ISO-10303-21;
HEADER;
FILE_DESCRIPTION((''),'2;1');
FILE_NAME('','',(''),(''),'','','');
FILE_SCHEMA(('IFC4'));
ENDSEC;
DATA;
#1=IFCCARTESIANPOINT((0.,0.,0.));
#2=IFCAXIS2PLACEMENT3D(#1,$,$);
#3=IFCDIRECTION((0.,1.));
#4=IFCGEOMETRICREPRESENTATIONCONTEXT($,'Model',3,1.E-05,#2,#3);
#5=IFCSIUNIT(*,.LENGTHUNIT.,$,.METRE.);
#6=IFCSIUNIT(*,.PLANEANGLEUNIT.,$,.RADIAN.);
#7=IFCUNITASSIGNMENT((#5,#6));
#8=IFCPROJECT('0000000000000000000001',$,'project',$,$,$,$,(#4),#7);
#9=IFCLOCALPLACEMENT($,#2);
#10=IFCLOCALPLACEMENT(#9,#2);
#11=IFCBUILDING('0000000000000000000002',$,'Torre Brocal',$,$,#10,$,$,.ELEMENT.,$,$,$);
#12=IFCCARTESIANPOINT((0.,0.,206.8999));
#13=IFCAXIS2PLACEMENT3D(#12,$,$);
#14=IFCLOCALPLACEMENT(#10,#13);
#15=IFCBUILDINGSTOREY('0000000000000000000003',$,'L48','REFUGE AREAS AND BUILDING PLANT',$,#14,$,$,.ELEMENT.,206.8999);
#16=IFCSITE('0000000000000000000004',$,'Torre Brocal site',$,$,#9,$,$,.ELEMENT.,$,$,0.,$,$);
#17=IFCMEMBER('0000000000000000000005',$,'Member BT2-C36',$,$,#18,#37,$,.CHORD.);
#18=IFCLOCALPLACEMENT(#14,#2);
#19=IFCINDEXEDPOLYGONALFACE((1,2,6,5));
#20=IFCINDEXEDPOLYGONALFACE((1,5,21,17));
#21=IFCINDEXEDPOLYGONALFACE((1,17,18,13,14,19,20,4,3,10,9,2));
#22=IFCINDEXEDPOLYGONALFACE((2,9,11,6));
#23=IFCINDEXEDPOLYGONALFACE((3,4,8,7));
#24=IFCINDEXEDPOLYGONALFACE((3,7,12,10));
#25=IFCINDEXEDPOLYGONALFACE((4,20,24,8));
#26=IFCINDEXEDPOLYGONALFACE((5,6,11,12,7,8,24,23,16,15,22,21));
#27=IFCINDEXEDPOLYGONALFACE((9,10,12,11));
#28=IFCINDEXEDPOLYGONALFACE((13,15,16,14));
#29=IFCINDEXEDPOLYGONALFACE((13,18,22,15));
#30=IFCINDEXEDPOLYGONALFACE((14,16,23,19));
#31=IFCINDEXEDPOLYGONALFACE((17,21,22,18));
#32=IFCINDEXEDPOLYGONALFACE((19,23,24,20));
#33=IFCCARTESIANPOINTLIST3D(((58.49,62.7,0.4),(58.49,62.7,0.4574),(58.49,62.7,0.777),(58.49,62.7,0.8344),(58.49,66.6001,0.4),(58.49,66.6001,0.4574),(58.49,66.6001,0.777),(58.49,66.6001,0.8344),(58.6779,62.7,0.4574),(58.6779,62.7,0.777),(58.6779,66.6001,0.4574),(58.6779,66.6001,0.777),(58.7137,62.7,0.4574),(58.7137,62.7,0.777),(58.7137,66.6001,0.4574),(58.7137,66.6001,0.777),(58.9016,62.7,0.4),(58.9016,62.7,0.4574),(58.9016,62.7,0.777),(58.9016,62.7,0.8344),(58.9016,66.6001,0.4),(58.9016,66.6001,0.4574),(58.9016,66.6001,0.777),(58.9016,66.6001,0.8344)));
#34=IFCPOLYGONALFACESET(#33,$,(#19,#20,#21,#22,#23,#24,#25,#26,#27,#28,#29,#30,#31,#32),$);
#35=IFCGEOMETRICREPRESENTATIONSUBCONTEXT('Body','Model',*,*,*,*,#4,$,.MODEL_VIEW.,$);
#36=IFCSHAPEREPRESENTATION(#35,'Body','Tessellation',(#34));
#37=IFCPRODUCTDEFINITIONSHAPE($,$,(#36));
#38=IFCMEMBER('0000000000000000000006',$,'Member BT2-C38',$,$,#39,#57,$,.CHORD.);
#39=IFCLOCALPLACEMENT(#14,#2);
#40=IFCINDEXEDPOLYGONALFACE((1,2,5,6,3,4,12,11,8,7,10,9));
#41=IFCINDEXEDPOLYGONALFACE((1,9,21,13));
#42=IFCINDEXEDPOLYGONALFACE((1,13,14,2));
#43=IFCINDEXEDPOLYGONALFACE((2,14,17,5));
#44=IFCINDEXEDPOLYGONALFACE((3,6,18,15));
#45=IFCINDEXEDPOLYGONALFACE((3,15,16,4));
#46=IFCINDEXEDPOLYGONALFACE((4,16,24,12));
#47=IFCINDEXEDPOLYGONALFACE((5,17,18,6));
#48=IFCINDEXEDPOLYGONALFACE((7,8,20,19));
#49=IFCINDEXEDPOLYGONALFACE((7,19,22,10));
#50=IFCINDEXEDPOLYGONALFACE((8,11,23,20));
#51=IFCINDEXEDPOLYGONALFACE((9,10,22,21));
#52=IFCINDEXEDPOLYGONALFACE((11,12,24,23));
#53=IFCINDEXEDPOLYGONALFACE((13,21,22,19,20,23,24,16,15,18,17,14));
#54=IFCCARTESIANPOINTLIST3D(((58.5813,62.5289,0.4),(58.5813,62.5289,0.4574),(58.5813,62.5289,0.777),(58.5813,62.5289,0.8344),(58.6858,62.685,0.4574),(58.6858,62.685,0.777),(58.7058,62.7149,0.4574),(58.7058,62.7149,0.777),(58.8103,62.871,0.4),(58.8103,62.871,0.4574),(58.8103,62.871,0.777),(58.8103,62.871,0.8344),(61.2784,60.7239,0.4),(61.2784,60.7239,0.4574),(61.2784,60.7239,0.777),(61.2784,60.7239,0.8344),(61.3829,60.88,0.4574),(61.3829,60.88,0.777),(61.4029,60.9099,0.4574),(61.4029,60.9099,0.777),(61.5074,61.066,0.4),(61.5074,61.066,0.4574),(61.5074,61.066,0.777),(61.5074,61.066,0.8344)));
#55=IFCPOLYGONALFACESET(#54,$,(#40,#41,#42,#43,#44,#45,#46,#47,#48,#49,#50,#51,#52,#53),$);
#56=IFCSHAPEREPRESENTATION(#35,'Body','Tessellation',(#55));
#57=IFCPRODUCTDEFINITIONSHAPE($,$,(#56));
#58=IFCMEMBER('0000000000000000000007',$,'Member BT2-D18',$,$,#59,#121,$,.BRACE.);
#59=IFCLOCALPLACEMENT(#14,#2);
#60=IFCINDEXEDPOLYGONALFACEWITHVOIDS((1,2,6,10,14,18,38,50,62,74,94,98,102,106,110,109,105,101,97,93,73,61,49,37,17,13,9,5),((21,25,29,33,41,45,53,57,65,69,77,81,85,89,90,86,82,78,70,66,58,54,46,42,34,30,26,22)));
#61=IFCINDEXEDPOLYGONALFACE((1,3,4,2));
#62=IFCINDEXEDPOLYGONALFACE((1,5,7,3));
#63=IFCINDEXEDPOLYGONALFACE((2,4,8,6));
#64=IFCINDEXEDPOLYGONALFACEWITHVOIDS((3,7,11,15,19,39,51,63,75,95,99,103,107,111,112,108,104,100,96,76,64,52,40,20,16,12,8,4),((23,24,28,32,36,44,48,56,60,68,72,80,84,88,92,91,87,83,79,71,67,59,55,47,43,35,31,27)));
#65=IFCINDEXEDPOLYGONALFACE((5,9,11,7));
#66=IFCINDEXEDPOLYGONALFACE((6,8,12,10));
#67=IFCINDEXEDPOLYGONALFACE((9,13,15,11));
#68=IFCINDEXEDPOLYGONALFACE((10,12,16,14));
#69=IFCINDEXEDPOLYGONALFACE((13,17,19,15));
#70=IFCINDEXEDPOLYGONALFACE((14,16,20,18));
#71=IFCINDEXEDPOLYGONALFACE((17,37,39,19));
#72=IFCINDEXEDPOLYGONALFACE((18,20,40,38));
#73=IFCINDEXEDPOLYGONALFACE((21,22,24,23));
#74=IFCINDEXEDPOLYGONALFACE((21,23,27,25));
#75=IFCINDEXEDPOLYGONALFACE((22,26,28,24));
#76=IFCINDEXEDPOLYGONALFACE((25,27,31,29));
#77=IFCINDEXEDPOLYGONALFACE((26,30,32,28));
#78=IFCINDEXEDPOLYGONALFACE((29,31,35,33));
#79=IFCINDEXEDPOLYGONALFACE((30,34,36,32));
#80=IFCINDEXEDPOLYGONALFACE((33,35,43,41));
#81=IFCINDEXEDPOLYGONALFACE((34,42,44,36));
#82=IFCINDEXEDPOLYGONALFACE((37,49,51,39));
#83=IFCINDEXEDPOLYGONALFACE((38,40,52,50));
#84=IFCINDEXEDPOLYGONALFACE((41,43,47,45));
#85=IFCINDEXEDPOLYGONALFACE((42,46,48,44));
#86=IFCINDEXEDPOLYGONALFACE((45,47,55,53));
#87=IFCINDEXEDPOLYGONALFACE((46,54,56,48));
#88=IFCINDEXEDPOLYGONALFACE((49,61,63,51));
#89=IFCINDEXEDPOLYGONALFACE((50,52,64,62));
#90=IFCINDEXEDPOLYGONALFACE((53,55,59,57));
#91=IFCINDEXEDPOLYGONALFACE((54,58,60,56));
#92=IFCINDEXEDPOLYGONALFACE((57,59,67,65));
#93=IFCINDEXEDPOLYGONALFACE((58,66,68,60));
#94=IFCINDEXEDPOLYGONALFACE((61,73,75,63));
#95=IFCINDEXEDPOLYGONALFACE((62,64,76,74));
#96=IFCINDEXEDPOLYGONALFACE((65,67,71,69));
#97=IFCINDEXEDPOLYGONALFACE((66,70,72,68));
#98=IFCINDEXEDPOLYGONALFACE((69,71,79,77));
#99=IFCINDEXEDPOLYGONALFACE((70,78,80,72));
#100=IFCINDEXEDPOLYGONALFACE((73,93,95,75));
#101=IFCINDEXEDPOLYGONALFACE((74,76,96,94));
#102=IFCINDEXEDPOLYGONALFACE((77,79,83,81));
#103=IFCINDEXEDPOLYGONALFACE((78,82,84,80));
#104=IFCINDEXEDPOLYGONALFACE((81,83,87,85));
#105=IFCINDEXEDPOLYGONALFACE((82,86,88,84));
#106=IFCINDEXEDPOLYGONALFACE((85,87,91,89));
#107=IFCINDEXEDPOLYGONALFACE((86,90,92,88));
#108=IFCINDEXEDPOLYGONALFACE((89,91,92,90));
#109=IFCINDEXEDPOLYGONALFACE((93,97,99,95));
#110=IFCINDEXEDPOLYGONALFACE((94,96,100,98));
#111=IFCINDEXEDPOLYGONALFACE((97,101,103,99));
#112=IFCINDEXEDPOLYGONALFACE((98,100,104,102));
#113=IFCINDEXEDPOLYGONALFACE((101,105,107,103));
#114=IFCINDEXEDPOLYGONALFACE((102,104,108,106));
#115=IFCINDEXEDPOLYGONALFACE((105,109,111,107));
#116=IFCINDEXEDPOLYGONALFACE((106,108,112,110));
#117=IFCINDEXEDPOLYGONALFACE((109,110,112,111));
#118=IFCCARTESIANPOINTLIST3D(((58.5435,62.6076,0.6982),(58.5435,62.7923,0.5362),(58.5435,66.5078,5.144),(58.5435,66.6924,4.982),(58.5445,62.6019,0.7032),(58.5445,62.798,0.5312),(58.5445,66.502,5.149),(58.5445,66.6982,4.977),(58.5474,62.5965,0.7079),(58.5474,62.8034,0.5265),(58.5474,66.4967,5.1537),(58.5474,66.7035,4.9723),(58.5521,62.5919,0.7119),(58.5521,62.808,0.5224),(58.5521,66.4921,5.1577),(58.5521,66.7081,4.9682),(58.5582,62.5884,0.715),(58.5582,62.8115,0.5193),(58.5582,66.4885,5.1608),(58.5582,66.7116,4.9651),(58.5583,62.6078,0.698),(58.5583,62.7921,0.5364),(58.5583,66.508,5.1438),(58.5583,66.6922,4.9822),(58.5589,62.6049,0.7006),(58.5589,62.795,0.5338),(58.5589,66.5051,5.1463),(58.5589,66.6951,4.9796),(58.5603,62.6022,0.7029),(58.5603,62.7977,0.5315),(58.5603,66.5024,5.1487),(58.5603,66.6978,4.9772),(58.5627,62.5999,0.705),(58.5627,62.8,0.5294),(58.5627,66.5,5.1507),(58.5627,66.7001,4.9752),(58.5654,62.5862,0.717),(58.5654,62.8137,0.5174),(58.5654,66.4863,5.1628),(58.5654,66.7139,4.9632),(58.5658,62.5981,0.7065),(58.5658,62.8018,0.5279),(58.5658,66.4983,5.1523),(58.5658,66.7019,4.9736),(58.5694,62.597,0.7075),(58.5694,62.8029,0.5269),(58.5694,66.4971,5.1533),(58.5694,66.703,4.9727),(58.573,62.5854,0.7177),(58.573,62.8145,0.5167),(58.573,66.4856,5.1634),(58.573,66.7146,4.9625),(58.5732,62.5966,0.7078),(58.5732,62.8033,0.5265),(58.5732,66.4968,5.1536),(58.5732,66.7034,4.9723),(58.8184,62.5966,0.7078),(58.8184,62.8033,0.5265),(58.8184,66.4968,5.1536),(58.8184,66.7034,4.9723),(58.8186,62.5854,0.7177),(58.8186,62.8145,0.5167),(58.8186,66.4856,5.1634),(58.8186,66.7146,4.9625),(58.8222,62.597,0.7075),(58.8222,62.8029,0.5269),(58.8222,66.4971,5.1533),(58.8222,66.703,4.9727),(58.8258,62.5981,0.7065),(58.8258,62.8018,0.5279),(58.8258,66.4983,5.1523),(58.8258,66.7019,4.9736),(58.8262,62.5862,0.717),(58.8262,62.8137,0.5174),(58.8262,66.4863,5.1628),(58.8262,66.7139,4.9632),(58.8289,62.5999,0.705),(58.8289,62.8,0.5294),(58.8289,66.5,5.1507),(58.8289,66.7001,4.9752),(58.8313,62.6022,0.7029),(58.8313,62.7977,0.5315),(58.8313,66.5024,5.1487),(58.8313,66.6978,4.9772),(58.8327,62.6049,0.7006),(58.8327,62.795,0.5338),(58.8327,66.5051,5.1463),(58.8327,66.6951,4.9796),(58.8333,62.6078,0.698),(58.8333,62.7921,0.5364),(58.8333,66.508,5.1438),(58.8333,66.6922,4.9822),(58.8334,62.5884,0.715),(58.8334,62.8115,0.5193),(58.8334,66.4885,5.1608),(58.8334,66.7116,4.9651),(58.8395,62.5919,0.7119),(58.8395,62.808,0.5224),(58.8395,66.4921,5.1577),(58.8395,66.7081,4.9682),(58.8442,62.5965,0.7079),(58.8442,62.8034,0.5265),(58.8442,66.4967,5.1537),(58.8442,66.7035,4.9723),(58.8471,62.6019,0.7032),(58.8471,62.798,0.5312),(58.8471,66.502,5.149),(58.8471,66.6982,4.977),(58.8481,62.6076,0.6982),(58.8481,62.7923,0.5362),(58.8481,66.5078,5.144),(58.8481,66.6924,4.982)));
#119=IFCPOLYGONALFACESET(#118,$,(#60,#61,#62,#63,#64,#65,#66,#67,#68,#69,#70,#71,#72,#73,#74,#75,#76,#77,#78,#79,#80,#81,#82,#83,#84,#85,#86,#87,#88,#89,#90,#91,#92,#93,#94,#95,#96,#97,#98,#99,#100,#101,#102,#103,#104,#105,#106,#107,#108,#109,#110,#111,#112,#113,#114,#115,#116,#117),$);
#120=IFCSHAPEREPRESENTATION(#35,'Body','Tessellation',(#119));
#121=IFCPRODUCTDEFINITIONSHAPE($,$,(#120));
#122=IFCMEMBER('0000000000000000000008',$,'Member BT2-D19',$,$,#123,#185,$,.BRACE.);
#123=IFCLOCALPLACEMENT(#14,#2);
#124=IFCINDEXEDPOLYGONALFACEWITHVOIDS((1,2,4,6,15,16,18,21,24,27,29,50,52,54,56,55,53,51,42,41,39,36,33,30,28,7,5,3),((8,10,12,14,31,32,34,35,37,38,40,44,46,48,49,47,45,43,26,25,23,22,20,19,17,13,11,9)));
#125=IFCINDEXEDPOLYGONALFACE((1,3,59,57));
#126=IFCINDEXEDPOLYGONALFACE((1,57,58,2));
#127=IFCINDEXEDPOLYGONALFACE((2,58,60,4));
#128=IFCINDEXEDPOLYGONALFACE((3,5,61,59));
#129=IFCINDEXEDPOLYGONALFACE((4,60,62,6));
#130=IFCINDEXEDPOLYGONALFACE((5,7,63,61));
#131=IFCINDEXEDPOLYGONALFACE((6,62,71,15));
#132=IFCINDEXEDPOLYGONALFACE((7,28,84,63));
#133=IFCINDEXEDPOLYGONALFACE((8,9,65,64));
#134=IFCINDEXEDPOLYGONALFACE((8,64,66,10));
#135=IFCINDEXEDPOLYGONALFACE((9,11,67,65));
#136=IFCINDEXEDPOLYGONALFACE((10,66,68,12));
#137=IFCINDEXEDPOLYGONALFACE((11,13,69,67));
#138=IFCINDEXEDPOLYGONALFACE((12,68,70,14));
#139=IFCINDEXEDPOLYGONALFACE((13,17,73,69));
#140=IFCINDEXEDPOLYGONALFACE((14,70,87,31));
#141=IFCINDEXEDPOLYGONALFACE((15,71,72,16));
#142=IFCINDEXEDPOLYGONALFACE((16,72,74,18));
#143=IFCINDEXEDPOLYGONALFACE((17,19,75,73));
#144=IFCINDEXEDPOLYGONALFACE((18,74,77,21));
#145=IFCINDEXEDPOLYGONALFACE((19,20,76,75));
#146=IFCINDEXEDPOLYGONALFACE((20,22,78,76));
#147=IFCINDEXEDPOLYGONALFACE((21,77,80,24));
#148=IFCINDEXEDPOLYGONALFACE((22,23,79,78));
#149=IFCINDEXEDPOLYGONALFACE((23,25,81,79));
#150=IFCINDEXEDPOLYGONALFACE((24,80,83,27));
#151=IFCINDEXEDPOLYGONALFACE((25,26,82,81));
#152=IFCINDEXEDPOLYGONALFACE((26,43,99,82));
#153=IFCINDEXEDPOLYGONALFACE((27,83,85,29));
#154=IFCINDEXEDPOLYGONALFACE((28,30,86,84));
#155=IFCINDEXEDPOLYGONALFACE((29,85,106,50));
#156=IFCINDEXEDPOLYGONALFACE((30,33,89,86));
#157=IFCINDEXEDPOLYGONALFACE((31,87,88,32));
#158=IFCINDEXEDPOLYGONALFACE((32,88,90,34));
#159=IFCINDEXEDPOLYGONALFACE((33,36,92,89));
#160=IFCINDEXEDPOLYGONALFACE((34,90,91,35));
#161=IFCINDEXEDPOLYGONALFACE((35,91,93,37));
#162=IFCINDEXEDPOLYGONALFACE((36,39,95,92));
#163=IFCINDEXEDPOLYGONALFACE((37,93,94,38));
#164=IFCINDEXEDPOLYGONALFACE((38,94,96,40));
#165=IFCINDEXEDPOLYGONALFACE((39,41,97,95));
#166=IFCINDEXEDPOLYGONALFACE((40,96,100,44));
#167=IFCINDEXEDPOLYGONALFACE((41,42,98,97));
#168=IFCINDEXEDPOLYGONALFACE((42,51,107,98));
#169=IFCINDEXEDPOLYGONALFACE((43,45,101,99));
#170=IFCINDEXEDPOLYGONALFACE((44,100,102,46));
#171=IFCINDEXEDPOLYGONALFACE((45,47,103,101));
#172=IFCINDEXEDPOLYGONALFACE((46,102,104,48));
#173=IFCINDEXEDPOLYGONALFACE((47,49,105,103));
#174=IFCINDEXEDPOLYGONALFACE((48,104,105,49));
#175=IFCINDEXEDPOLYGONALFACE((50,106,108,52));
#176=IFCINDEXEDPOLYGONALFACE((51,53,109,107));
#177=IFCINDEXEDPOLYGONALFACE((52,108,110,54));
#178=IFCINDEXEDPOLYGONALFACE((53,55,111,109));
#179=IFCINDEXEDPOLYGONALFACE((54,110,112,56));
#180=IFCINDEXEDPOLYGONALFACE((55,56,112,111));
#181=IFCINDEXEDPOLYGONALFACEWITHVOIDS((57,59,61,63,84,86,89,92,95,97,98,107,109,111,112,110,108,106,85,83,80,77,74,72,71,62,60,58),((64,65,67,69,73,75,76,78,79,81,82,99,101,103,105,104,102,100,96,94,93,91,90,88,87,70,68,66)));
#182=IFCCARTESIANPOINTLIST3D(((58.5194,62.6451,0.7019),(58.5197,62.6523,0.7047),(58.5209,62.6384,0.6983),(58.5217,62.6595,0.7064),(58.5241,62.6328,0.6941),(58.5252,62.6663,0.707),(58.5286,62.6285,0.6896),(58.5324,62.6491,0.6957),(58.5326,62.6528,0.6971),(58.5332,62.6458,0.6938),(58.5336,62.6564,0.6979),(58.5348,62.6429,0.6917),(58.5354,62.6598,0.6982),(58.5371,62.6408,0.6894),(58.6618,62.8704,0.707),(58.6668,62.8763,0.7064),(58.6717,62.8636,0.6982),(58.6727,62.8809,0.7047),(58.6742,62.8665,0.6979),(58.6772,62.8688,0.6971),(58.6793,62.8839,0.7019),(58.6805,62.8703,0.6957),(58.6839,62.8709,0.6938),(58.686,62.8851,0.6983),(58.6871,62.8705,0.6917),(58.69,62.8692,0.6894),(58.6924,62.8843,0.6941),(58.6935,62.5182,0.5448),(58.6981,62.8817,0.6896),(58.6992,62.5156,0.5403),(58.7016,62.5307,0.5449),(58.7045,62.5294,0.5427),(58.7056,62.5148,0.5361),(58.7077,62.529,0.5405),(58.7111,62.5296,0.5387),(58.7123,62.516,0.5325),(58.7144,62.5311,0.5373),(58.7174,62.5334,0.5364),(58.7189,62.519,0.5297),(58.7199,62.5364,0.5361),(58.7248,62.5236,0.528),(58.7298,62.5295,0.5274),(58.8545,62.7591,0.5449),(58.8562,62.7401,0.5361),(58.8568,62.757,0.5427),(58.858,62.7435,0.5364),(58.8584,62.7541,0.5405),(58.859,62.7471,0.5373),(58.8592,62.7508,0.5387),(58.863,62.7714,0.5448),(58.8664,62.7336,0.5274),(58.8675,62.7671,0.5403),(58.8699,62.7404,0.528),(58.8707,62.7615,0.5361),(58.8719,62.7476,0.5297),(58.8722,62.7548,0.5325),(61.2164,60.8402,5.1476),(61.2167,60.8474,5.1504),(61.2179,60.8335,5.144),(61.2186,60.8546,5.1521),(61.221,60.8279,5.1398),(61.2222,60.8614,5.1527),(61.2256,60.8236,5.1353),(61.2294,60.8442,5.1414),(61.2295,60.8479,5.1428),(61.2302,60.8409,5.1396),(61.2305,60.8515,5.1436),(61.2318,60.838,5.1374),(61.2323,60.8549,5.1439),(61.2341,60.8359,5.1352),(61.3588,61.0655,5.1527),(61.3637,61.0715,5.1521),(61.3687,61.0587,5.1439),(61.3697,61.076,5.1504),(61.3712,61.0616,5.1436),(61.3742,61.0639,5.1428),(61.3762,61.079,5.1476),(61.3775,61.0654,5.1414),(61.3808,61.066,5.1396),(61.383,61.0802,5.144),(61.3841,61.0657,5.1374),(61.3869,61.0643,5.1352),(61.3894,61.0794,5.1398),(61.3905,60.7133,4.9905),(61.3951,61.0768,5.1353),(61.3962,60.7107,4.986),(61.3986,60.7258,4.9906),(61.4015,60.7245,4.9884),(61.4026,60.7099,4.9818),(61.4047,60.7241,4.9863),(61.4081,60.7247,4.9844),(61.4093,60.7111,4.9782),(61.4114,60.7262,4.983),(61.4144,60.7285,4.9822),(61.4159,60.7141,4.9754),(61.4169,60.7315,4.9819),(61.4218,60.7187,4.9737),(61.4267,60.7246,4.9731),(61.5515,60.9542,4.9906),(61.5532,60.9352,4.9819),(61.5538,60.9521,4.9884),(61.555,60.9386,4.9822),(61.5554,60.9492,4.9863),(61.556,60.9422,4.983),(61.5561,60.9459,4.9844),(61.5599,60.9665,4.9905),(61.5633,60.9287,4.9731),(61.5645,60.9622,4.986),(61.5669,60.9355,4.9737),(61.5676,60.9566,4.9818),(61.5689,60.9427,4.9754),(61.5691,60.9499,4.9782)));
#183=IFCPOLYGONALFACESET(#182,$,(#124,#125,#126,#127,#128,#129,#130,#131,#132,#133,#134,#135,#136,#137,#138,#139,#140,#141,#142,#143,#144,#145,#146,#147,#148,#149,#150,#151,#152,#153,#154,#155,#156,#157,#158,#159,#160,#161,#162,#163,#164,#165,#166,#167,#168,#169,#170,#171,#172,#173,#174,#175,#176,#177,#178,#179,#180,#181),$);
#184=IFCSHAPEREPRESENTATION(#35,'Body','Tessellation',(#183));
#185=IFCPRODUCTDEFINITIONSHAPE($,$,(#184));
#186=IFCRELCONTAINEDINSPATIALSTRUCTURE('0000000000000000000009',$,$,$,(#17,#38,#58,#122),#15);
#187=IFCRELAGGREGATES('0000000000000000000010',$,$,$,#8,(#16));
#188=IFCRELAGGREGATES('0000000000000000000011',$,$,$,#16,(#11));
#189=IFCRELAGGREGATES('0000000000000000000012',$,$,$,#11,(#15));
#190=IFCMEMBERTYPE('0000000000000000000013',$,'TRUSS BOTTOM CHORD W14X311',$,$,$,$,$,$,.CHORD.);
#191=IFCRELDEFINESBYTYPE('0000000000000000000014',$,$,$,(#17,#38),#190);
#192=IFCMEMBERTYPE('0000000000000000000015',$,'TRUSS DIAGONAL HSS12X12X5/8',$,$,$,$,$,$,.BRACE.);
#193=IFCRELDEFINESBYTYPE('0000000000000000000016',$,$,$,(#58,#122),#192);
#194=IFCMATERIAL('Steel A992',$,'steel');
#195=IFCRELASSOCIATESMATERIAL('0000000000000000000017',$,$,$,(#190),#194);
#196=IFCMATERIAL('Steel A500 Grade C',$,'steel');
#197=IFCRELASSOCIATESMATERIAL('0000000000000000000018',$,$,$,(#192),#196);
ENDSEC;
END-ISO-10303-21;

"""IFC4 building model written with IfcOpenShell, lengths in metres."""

from ifc_helpers import new_model, si_unit, direction, frame, origin, origin_2d, place, context, subcontext, project, spatial, hollow_rectangle, i_section, extrude, material, material_profile, profile_set, type_object, element, save


model = new_model("IFC4")

# Units and contexts
model_context = context("Model", 3, precision=1e-05, world=origin(), true_north=direction((0.0, 1.0)))
body_context = subcontext(model_context, "Body", "Model", "MODEL_VIEW")
ifc_project = project(units=[si_unit("LENGTHUNIT", "METRE"), si_unit("PLANEANGLEUNIT", "RADIAN")], contexts=[model_context])

# Site, building, storey
site_placement = place(None, origin())
site = spatial("IfcSite", under=ifc_project, at=site_placement, Name="Torre Brocal site", CompositionType="ELEMENT", RefElevation=0.0)
building_placement = place(site_placement, origin())
building = spatial("IfcBuilding", under=site, at=building_placement, Name="Torre Brocal", CompositionType="ELEMENT")
storey_placement = place(building_placement, frame((0.0, 0.0, 206.8999)))
storey = spatial("IfcBuildingStorey", under=building, at=storey_placement, Name="L48", Description="REFUGE AREAS AND BUILDING PLANT", CompositionType="ELEMENT", Elevation=206.8999)

# Members
ifc_material_1 = material(Name="Steel A992", Category="steel")
ifc_material_profile_1 = material_profile(ifc_material_1, i_section(OverallWidth=0.4116, OverallDepth=0.4343, WebThickness=0.0359, FlangeThickness=0.0574, at=origin_2d()), Name="W14X311")
ifc_profile_set_1 = profile_set([ifc_material_profile_1], Name="Steel A992")
member_type_1 = type_object("IfcMemberType", Name="TRUSS BOTTOM CHORD W14X311", PredefinedType="CHORD", material=ifc_profile_set_1)
member_1_placement = place(storey_placement, frame((58.6958, 62.7, 0.6172), z_axis=(0.0, 1.0, 0.0), x_axis=(-1.0, 0.0, 0.0)))
element("IfcMember", 1, at=member_1_placement, inside=storey, type_object=member_type_1, Name="Member BT2-C36", PredefinedType="CHORD", context=body_context, shape_type="SweptSolid", body=[
    extrude(i_section(OverallWidth=0.4116, OverallDepth=0.4343, WebThickness=0.0359, FlangeThickness=0.0574, at=origin_2d()), origin(), (0.0, 0.0, 1.0), 3.9001),
])
member_2_placement = place(storey_placement, frame((58.6958, 62.7, 0.6172), z_axis=(0.831065, -0.556175, 0.0), x_axis=(0.556175, 0.831065, 0.0)))
element("IfcMember", 2, at=member_2_placement, inside=storey, type_object=member_type_1, Name="Member BT2-C38", PredefinedType="CHORD", context=body_context, shape_type="SweptSolid", body=[
    extrude(i_section(OverallWidth=0.4116, OverallDepth=0.4343, WebThickness=0.0359, FlangeThickness=0.0574, at=origin_2d()), origin(), (0.0, 0.0, 1.0), 3.2454),
])
ifc_material_2 = material(Name="Steel A500 Grade C", Category="steel")
ifc_material_profile_2 = material_profile(ifc_material_2, hollow_rectangle(XDim=0.3047, YDim=0.3047, WallThickness=0.0149, InnerFilletRadius=0.0149, OuterFilletRadius=0.0295, at=origin_2d()), Name="HSS12X12X5/8")
ifc_profile_set_2 = profile_set([ifc_material_profile_2], Name="Steel A500 Grade C")
member_type_2 = type_object("IfcMemberType", Name="TRUSS DIAGONAL HSS12X12X5/8", PredefinedType="BRACE", material=ifc_profile_set_2)
member_3_placement = place(storey_placement, frame((58.6958, 62.7, 0.6172), z_axis=(0.0, 0.659469, 0.751732), x_axis=(-1.0, 0.0, 0.0)))
element("IfcMember", 3, at=member_3_placement, inside=storey, type_object=member_type_2, Name="Member BT2-D18", PredefinedType="BRACE", context=body_context, shape_type="SweptSolid", body=[
    extrude(hollow_rectangle(XDim=0.3047, YDim=0.3047, WallThickness=0.0149, InnerFilletRadius=0.0149, OuterFilletRadius=0.0295, at=origin_2d()), origin(), (0.0, 0.0, 1.0), 5.9141),
])
member_4_placement = place(storey_placement, frame((58.6958, 62.7, 0.6172), z_axis=(0.489988, -0.327916, 0.807702), x_axis=(0.556175, 0.831065, 0.0)))
element("IfcMember", 4, at=member_4_placement, inside=storey, type_object=member_type_2, Name="Member BT2-D19", PredefinedType="BRACE", context=body_context, shape_type="SweptSolid", body=[
    extrude(hollow_rectangle(XDim=0.3047, YDim=0.3047, WallThickness=0.0149, InnerFilletRadius=0.0149, OuterFilletRadius=0.0295, at=origin_2d()), origin(), (0.0, 0.0, 1.0), 5.5042),
])

save(model, "model.ifc")
